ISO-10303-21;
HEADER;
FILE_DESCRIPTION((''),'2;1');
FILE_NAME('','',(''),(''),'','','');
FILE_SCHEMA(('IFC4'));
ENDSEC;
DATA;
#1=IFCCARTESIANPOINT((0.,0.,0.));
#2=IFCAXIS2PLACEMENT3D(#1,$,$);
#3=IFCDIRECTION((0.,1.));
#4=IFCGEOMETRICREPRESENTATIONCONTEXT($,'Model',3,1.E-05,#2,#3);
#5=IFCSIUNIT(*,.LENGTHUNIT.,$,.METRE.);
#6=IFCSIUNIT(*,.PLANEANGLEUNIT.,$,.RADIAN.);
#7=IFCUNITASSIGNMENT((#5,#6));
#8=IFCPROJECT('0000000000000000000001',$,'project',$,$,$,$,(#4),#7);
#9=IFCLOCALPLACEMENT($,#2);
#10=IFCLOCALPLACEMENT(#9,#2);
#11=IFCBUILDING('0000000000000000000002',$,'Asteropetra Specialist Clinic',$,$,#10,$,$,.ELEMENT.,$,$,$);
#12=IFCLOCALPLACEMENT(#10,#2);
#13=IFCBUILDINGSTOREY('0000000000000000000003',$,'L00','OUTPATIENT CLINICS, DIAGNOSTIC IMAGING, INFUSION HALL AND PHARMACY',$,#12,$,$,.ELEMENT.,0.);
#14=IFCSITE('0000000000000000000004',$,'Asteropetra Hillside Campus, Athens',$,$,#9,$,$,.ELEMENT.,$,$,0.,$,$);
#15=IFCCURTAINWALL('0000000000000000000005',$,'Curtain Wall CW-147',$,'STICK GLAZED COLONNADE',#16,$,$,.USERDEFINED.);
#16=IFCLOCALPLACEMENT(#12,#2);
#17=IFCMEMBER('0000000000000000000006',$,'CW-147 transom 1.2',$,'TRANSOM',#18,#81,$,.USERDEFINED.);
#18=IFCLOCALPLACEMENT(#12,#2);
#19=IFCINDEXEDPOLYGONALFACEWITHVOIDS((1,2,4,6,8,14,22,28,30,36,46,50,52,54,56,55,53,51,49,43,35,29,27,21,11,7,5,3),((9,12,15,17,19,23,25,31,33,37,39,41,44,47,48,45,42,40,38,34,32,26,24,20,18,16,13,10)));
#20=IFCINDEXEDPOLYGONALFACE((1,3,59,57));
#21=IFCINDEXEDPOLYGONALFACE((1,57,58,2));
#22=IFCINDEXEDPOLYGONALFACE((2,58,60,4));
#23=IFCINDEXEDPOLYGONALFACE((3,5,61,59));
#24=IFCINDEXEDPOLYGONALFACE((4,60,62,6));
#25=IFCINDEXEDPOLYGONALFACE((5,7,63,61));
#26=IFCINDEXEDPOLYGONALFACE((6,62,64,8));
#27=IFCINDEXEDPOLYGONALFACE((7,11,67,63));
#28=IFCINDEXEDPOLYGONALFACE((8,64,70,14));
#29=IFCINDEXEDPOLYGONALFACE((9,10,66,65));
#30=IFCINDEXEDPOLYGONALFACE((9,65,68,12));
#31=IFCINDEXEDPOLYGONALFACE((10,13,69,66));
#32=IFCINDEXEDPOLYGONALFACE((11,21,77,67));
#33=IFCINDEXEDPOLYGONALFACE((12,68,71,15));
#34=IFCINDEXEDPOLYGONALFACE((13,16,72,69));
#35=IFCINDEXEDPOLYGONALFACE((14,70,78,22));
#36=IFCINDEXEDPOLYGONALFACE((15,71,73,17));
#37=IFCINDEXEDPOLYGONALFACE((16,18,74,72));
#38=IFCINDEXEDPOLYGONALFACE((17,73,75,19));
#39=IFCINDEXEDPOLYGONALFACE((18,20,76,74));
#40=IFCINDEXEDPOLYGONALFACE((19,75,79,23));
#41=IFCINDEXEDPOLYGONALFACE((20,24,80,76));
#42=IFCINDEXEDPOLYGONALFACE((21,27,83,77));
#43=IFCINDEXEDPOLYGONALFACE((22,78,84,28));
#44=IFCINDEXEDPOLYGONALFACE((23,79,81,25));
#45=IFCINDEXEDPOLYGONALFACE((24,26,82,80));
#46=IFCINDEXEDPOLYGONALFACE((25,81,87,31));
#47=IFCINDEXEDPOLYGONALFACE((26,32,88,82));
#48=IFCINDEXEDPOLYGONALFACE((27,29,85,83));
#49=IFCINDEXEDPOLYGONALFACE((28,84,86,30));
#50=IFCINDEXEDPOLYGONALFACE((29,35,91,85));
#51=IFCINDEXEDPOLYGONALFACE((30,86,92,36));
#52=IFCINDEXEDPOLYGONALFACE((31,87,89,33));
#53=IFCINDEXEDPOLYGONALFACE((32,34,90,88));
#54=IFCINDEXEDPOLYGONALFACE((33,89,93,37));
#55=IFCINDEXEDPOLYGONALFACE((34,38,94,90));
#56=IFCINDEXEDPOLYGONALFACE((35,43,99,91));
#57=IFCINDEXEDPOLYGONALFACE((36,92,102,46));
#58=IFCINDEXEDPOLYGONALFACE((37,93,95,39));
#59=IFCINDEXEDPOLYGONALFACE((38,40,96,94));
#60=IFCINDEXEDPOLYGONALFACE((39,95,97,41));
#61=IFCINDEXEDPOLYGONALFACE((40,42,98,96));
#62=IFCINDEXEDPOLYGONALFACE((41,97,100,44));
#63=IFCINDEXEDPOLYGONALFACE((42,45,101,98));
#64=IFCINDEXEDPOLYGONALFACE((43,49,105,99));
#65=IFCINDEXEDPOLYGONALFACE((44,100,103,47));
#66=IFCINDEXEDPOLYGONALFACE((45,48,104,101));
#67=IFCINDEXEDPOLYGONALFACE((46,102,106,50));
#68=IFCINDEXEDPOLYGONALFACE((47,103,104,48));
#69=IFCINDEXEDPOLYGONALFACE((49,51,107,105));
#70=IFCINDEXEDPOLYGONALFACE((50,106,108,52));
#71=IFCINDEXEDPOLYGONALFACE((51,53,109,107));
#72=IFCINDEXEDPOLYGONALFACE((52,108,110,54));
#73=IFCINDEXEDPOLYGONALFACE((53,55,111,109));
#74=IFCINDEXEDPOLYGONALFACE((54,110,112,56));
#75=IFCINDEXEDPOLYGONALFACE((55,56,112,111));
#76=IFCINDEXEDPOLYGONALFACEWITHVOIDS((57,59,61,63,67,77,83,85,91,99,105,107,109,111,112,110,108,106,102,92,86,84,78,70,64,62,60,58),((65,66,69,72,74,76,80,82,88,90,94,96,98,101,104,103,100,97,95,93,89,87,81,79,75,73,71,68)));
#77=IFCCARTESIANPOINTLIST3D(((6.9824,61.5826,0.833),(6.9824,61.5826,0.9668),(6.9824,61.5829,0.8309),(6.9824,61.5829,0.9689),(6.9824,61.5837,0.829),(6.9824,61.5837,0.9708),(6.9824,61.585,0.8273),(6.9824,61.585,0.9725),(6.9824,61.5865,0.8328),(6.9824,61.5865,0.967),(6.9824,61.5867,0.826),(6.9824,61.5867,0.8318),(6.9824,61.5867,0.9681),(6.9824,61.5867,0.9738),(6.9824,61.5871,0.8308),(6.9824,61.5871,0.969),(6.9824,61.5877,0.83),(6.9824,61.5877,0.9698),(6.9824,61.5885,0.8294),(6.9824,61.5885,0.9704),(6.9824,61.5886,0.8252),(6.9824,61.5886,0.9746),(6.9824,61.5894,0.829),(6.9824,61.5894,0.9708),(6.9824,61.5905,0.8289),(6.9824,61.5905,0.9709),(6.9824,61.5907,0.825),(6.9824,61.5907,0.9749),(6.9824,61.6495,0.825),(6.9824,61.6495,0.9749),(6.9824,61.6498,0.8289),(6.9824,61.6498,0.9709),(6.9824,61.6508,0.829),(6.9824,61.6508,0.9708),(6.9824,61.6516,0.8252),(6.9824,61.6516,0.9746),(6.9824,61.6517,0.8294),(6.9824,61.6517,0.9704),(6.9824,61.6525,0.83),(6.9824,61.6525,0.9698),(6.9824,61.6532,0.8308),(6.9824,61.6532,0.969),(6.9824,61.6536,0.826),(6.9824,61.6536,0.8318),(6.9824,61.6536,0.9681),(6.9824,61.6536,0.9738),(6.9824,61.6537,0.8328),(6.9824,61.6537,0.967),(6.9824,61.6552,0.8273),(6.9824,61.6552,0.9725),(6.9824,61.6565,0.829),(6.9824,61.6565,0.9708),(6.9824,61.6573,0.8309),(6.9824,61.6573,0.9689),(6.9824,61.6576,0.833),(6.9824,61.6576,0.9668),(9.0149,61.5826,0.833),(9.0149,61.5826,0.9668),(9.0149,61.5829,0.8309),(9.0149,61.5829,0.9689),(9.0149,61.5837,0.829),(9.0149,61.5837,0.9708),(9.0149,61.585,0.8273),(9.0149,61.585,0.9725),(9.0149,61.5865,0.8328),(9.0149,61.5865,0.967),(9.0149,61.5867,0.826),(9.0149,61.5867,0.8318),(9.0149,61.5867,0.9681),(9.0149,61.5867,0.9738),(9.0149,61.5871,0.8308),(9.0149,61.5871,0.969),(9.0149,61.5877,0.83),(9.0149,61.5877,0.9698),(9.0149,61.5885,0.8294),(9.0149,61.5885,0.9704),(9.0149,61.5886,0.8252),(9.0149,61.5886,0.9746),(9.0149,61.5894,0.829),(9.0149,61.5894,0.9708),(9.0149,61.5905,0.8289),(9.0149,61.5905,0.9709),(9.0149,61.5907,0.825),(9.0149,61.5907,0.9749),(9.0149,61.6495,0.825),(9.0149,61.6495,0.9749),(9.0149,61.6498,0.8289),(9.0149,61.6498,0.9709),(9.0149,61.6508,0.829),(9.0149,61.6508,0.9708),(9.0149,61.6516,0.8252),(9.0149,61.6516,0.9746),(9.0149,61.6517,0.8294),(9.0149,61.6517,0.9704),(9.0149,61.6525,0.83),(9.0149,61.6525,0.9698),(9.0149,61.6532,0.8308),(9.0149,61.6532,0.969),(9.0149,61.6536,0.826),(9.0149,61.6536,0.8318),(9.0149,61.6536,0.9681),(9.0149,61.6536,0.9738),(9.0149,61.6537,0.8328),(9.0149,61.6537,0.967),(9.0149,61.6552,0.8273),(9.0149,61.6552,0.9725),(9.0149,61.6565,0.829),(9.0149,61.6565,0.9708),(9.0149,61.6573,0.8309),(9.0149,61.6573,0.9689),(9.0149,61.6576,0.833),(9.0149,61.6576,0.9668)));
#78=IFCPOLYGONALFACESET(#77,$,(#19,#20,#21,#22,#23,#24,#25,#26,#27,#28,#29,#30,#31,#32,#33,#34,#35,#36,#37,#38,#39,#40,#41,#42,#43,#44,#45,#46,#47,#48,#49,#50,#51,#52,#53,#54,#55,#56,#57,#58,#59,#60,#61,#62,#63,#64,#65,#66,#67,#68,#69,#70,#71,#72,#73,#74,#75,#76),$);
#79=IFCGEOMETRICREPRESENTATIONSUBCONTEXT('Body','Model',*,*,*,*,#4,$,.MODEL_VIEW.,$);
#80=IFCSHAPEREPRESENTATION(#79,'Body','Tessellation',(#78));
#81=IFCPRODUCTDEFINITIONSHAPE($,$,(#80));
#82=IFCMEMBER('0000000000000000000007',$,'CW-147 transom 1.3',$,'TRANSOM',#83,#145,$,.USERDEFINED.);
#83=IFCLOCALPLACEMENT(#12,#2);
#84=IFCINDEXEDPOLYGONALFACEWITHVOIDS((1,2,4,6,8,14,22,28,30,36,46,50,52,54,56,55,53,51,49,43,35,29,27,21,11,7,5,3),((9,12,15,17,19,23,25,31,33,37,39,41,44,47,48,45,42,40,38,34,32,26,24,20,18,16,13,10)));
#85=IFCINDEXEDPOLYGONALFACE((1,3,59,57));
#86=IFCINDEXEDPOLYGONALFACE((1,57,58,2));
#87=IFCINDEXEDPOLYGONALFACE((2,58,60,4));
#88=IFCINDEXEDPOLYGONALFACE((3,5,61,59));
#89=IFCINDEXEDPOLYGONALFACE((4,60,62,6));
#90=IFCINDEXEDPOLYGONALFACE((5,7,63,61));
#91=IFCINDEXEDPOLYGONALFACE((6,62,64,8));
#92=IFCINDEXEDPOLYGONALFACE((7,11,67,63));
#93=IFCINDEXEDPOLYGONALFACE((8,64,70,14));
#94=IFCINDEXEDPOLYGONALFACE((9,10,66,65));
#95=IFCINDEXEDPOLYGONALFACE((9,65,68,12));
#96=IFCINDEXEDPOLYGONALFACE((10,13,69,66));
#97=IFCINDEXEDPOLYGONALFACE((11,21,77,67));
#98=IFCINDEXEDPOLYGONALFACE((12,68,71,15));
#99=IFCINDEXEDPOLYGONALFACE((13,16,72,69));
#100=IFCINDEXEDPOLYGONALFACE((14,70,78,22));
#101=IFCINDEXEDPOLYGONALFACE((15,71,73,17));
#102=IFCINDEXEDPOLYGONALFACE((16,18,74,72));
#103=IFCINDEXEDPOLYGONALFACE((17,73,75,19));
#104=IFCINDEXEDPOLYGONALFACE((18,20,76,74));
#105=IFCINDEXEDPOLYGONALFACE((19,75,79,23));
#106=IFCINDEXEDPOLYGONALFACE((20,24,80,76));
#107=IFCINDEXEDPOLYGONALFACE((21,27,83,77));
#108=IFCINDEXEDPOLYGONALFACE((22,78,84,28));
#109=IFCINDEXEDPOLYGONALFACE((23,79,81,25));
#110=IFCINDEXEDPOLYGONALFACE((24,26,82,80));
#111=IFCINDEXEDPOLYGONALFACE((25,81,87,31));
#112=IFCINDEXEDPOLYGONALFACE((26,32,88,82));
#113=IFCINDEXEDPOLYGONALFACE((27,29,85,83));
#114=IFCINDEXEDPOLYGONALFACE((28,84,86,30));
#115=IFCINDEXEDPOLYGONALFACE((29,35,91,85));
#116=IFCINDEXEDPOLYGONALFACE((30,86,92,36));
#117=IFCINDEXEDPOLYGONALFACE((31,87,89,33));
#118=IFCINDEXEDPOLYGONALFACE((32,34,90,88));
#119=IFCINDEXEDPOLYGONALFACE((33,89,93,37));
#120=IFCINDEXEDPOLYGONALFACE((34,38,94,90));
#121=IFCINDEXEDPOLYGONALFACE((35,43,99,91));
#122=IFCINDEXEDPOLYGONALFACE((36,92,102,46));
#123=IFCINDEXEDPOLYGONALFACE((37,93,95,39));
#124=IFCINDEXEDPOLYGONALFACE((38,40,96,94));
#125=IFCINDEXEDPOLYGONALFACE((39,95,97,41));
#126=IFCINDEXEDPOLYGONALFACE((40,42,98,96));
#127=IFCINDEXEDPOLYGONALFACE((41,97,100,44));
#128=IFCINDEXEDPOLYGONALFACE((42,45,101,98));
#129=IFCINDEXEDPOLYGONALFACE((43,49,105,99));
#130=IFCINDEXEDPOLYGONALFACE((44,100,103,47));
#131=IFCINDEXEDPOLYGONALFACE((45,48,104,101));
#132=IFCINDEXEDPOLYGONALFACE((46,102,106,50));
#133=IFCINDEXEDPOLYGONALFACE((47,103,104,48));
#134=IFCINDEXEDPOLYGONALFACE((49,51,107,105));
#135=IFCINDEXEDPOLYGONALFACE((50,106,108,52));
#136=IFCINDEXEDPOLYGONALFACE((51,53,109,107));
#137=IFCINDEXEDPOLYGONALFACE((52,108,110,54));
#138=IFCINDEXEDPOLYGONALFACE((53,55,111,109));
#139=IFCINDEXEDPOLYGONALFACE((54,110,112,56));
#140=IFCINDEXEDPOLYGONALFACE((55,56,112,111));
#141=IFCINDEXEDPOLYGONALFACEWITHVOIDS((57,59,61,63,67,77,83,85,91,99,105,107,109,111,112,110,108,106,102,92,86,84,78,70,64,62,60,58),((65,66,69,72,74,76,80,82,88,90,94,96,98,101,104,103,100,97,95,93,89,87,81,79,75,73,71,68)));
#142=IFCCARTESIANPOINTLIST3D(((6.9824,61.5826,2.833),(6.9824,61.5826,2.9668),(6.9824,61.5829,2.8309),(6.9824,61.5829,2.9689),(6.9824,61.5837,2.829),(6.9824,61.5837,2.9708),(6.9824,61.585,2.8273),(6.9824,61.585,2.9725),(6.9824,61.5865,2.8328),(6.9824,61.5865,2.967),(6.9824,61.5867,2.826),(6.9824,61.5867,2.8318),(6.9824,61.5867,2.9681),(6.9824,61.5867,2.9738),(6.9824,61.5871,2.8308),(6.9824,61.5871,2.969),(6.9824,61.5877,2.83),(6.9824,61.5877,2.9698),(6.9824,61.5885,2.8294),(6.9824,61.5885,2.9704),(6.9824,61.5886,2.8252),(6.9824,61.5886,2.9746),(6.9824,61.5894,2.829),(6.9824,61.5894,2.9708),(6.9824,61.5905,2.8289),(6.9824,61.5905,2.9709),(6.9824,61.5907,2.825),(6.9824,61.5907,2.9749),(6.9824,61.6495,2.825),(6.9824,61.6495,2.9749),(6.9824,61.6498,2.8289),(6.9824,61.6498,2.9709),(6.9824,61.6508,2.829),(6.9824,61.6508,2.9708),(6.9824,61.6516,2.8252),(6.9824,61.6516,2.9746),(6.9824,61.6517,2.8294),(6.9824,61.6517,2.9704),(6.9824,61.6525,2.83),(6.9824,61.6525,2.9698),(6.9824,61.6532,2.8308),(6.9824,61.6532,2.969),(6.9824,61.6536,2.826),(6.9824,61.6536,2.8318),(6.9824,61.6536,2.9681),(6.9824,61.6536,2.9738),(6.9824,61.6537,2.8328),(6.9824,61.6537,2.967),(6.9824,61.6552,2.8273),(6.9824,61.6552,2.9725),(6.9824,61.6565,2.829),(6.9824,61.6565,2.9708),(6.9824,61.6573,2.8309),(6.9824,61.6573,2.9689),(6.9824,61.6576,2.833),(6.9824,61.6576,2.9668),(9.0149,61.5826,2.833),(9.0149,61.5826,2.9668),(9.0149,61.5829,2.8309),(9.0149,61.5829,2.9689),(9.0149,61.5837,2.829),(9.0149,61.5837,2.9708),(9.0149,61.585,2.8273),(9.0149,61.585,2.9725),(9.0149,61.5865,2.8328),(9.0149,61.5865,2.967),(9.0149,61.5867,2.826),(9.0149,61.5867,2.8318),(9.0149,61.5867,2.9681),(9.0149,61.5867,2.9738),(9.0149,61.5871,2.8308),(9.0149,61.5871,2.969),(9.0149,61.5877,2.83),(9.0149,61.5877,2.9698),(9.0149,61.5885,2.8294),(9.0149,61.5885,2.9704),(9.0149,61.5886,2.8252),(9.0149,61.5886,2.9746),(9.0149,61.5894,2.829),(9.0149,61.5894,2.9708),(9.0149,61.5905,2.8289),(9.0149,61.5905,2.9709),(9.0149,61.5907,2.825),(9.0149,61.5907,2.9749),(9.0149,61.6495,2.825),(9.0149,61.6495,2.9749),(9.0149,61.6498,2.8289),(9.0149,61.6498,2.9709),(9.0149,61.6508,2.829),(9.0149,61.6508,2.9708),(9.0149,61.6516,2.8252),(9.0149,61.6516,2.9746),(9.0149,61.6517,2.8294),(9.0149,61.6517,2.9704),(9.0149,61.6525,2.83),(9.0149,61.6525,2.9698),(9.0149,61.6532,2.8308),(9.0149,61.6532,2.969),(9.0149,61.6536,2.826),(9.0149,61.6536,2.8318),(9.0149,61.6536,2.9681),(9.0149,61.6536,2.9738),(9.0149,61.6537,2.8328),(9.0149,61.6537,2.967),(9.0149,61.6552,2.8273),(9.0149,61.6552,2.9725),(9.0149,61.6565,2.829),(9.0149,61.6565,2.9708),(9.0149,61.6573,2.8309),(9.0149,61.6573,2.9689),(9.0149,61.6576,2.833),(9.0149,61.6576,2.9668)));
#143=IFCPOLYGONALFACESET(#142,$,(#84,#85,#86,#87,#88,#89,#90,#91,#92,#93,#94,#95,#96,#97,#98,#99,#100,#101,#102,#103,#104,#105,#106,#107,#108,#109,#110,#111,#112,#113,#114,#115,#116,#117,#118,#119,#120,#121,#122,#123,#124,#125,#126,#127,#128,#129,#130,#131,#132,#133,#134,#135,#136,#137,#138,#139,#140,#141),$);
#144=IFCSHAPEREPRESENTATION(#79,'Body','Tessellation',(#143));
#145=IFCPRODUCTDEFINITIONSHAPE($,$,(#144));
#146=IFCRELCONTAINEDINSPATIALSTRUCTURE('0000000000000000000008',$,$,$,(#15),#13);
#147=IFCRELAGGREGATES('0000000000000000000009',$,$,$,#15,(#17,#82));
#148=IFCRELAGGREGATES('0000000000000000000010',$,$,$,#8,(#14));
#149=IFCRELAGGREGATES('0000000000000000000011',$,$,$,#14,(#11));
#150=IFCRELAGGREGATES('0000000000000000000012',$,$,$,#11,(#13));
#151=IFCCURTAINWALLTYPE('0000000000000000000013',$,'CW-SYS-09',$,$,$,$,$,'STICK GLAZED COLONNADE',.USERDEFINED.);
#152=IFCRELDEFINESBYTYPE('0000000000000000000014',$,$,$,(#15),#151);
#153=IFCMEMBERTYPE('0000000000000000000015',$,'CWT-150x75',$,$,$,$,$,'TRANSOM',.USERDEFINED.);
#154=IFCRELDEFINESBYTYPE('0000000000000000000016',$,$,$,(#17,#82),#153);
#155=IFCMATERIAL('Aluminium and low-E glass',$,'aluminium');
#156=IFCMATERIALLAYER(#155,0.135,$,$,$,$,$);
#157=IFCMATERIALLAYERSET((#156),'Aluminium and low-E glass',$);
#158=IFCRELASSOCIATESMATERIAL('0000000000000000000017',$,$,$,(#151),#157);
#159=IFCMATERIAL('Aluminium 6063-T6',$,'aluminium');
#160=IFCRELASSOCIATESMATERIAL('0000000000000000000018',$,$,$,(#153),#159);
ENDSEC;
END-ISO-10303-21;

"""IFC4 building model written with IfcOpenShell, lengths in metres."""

from ifc_helpers import new_model, si_unit, direction, frame, origin, origin_2d, place, context, subcontext, project, spatial, hollow_rectangle, extrude, material, layer, layer_set, material_profile, profile_set, type_object, element, aggregate, save


model = new_model("IFC4")

# Units and contexts
model_context = context("Model", 3, precision=1e-05, world=origin(), true_north=direction((0.0, 1.0)))
body_context = subcontext(model_context, "Body", "Model", "MODEL_VIEW")
ifc_project = project(units=[si_unit("LENGTHUNIT", "METRE"), si_unit("PLANEANGLEUNIT", "RADIAN")], contexts=[model_context])

# Site, building, storey
site_placement = place(None, origin())
site = spatial("IfcSite", under=ifc_project, at=site_placement, Name="Asteropetra Hillside Campus, Athens", CompositionType="ELEMENT", RefElevation=0.0)
building_placement = place(site_placement, origin())
building = spatial("IfcBuilding", under=site, at=building_placement, Name="Asteropetra Specialist Clinic", CompositionType="ELEMENT")
storey_placement = place(building_placement, origin())
storey = spatial("IfcBuildingStorey", under=building, at=storey_placement, Name="L00", Description="OUTPATIENT CLINICS, DIAGNOSTIC IMAGING, INFUSION HALL AND PHARMACY", CompositionType="ELEMENT", Elevation=0.0)

# Curtain wall
ifc_material_1 = material(Name="Aluminium and low-E glass", Category="aluminium")
ifc_layer_1 = layer(ifc_material_1, 0.135)
ifc_layer_set_1 = layer_set([ifc_layer_1], Name="Aluminium and low-E glass")
curtain_wall_type_1 = type_object("IfcCurtainWallType", Name="CW-SYS-09", ElementType="STICK GLAZED COLONNADE", PredefinedType="USERDEFINED", material=ifc_layer_set_1)
curtain_wall_1_placement = place(storey_placement, origin())
curtain_wall_1 = element("IfcCurtainWall", 1, at=curtain_wall_1_placement, inside=storey, type_object=curtain_wall_type_1, Name="Curtain Wall CW-147", ObjectType="STICK GLAZED COLONNADE", PredefinedType="USERDEFINED")

# Members
ifc_material_2 = material(Name="Aluminium 6063-T6", Category="aluminium")
ifc_material_profile_1 = material_profile(ifc_material_2, hollow_rectangle(XDim=0.075, YDim=0.1499, WallThickness=0.0039, InnerFilletRadius=0.0039, OuterFilletRadius=0.0081, at=origin_2d()), Name="TRN 150x75x4.0")
ifc_profile_set_1 = profile_set([ifc_material_profile_1], Name="Aluminium 6063-T6")
member_type_1 = type_object("IfcMemberType", Name="CWT-150x75", ElementType="TRANSOM", PredefinedType="USERDEFINED", material=ifc_profile_set_1)
member_1_placement = place(storey_placement, frame((9.0149, 61.6201, 0.8999), z_axis=(-1.0, 0.0, 0.0), x_axis=(0.0, -1.0, 0.0)))
member_1 = element("IfcMember", 2, at=member_1_placement, type_object=member_type_1, Name="CW-147 transom 1.2", ObjectType="TRANSOM", PredefinedType="USERDEFINED", context=body_context, shape_type="SweptSolid", body=[
    extrude(hollow_rectangle(XDim=0.075, YDim=0.1499, WallThickness=0.0039, InnerFilletRadius=0.0039, OuterFilletRadius=0.0081, at=origin_2d()), origin(), (0.0, 0.0, 1.0), 2.0325),
])
member_2_placement = place(storey_placement, frame((9.0149, 61.6201, 2.8999), z_axis=(-1.0, 0.0, 0.0), x_axis=(0.0, -1.0, 0.0)))
member_2 = element("IfcMember", 3, at=member_2_placement, type_object=member_type_1, Name="CW-147 transom 1.3", ObjectType="TRANSOM", PredefinedType="USERDEFINED", context=body_context, shape_type="SweptSolid", body=[
    extrude(hollow_rectangle(XDim=0.075, YDim=0.1499, WallThickness=0.0039, InnerFilletRadius=0.0039, OuterFilletRadius=0.0081, at=origin_2d()), origin(), (0.0, 0.0, 1.0), 2.0325),
])

aggregate(curtain_wall_1, [member_1, member_2])

save(model, "model.ifc")
